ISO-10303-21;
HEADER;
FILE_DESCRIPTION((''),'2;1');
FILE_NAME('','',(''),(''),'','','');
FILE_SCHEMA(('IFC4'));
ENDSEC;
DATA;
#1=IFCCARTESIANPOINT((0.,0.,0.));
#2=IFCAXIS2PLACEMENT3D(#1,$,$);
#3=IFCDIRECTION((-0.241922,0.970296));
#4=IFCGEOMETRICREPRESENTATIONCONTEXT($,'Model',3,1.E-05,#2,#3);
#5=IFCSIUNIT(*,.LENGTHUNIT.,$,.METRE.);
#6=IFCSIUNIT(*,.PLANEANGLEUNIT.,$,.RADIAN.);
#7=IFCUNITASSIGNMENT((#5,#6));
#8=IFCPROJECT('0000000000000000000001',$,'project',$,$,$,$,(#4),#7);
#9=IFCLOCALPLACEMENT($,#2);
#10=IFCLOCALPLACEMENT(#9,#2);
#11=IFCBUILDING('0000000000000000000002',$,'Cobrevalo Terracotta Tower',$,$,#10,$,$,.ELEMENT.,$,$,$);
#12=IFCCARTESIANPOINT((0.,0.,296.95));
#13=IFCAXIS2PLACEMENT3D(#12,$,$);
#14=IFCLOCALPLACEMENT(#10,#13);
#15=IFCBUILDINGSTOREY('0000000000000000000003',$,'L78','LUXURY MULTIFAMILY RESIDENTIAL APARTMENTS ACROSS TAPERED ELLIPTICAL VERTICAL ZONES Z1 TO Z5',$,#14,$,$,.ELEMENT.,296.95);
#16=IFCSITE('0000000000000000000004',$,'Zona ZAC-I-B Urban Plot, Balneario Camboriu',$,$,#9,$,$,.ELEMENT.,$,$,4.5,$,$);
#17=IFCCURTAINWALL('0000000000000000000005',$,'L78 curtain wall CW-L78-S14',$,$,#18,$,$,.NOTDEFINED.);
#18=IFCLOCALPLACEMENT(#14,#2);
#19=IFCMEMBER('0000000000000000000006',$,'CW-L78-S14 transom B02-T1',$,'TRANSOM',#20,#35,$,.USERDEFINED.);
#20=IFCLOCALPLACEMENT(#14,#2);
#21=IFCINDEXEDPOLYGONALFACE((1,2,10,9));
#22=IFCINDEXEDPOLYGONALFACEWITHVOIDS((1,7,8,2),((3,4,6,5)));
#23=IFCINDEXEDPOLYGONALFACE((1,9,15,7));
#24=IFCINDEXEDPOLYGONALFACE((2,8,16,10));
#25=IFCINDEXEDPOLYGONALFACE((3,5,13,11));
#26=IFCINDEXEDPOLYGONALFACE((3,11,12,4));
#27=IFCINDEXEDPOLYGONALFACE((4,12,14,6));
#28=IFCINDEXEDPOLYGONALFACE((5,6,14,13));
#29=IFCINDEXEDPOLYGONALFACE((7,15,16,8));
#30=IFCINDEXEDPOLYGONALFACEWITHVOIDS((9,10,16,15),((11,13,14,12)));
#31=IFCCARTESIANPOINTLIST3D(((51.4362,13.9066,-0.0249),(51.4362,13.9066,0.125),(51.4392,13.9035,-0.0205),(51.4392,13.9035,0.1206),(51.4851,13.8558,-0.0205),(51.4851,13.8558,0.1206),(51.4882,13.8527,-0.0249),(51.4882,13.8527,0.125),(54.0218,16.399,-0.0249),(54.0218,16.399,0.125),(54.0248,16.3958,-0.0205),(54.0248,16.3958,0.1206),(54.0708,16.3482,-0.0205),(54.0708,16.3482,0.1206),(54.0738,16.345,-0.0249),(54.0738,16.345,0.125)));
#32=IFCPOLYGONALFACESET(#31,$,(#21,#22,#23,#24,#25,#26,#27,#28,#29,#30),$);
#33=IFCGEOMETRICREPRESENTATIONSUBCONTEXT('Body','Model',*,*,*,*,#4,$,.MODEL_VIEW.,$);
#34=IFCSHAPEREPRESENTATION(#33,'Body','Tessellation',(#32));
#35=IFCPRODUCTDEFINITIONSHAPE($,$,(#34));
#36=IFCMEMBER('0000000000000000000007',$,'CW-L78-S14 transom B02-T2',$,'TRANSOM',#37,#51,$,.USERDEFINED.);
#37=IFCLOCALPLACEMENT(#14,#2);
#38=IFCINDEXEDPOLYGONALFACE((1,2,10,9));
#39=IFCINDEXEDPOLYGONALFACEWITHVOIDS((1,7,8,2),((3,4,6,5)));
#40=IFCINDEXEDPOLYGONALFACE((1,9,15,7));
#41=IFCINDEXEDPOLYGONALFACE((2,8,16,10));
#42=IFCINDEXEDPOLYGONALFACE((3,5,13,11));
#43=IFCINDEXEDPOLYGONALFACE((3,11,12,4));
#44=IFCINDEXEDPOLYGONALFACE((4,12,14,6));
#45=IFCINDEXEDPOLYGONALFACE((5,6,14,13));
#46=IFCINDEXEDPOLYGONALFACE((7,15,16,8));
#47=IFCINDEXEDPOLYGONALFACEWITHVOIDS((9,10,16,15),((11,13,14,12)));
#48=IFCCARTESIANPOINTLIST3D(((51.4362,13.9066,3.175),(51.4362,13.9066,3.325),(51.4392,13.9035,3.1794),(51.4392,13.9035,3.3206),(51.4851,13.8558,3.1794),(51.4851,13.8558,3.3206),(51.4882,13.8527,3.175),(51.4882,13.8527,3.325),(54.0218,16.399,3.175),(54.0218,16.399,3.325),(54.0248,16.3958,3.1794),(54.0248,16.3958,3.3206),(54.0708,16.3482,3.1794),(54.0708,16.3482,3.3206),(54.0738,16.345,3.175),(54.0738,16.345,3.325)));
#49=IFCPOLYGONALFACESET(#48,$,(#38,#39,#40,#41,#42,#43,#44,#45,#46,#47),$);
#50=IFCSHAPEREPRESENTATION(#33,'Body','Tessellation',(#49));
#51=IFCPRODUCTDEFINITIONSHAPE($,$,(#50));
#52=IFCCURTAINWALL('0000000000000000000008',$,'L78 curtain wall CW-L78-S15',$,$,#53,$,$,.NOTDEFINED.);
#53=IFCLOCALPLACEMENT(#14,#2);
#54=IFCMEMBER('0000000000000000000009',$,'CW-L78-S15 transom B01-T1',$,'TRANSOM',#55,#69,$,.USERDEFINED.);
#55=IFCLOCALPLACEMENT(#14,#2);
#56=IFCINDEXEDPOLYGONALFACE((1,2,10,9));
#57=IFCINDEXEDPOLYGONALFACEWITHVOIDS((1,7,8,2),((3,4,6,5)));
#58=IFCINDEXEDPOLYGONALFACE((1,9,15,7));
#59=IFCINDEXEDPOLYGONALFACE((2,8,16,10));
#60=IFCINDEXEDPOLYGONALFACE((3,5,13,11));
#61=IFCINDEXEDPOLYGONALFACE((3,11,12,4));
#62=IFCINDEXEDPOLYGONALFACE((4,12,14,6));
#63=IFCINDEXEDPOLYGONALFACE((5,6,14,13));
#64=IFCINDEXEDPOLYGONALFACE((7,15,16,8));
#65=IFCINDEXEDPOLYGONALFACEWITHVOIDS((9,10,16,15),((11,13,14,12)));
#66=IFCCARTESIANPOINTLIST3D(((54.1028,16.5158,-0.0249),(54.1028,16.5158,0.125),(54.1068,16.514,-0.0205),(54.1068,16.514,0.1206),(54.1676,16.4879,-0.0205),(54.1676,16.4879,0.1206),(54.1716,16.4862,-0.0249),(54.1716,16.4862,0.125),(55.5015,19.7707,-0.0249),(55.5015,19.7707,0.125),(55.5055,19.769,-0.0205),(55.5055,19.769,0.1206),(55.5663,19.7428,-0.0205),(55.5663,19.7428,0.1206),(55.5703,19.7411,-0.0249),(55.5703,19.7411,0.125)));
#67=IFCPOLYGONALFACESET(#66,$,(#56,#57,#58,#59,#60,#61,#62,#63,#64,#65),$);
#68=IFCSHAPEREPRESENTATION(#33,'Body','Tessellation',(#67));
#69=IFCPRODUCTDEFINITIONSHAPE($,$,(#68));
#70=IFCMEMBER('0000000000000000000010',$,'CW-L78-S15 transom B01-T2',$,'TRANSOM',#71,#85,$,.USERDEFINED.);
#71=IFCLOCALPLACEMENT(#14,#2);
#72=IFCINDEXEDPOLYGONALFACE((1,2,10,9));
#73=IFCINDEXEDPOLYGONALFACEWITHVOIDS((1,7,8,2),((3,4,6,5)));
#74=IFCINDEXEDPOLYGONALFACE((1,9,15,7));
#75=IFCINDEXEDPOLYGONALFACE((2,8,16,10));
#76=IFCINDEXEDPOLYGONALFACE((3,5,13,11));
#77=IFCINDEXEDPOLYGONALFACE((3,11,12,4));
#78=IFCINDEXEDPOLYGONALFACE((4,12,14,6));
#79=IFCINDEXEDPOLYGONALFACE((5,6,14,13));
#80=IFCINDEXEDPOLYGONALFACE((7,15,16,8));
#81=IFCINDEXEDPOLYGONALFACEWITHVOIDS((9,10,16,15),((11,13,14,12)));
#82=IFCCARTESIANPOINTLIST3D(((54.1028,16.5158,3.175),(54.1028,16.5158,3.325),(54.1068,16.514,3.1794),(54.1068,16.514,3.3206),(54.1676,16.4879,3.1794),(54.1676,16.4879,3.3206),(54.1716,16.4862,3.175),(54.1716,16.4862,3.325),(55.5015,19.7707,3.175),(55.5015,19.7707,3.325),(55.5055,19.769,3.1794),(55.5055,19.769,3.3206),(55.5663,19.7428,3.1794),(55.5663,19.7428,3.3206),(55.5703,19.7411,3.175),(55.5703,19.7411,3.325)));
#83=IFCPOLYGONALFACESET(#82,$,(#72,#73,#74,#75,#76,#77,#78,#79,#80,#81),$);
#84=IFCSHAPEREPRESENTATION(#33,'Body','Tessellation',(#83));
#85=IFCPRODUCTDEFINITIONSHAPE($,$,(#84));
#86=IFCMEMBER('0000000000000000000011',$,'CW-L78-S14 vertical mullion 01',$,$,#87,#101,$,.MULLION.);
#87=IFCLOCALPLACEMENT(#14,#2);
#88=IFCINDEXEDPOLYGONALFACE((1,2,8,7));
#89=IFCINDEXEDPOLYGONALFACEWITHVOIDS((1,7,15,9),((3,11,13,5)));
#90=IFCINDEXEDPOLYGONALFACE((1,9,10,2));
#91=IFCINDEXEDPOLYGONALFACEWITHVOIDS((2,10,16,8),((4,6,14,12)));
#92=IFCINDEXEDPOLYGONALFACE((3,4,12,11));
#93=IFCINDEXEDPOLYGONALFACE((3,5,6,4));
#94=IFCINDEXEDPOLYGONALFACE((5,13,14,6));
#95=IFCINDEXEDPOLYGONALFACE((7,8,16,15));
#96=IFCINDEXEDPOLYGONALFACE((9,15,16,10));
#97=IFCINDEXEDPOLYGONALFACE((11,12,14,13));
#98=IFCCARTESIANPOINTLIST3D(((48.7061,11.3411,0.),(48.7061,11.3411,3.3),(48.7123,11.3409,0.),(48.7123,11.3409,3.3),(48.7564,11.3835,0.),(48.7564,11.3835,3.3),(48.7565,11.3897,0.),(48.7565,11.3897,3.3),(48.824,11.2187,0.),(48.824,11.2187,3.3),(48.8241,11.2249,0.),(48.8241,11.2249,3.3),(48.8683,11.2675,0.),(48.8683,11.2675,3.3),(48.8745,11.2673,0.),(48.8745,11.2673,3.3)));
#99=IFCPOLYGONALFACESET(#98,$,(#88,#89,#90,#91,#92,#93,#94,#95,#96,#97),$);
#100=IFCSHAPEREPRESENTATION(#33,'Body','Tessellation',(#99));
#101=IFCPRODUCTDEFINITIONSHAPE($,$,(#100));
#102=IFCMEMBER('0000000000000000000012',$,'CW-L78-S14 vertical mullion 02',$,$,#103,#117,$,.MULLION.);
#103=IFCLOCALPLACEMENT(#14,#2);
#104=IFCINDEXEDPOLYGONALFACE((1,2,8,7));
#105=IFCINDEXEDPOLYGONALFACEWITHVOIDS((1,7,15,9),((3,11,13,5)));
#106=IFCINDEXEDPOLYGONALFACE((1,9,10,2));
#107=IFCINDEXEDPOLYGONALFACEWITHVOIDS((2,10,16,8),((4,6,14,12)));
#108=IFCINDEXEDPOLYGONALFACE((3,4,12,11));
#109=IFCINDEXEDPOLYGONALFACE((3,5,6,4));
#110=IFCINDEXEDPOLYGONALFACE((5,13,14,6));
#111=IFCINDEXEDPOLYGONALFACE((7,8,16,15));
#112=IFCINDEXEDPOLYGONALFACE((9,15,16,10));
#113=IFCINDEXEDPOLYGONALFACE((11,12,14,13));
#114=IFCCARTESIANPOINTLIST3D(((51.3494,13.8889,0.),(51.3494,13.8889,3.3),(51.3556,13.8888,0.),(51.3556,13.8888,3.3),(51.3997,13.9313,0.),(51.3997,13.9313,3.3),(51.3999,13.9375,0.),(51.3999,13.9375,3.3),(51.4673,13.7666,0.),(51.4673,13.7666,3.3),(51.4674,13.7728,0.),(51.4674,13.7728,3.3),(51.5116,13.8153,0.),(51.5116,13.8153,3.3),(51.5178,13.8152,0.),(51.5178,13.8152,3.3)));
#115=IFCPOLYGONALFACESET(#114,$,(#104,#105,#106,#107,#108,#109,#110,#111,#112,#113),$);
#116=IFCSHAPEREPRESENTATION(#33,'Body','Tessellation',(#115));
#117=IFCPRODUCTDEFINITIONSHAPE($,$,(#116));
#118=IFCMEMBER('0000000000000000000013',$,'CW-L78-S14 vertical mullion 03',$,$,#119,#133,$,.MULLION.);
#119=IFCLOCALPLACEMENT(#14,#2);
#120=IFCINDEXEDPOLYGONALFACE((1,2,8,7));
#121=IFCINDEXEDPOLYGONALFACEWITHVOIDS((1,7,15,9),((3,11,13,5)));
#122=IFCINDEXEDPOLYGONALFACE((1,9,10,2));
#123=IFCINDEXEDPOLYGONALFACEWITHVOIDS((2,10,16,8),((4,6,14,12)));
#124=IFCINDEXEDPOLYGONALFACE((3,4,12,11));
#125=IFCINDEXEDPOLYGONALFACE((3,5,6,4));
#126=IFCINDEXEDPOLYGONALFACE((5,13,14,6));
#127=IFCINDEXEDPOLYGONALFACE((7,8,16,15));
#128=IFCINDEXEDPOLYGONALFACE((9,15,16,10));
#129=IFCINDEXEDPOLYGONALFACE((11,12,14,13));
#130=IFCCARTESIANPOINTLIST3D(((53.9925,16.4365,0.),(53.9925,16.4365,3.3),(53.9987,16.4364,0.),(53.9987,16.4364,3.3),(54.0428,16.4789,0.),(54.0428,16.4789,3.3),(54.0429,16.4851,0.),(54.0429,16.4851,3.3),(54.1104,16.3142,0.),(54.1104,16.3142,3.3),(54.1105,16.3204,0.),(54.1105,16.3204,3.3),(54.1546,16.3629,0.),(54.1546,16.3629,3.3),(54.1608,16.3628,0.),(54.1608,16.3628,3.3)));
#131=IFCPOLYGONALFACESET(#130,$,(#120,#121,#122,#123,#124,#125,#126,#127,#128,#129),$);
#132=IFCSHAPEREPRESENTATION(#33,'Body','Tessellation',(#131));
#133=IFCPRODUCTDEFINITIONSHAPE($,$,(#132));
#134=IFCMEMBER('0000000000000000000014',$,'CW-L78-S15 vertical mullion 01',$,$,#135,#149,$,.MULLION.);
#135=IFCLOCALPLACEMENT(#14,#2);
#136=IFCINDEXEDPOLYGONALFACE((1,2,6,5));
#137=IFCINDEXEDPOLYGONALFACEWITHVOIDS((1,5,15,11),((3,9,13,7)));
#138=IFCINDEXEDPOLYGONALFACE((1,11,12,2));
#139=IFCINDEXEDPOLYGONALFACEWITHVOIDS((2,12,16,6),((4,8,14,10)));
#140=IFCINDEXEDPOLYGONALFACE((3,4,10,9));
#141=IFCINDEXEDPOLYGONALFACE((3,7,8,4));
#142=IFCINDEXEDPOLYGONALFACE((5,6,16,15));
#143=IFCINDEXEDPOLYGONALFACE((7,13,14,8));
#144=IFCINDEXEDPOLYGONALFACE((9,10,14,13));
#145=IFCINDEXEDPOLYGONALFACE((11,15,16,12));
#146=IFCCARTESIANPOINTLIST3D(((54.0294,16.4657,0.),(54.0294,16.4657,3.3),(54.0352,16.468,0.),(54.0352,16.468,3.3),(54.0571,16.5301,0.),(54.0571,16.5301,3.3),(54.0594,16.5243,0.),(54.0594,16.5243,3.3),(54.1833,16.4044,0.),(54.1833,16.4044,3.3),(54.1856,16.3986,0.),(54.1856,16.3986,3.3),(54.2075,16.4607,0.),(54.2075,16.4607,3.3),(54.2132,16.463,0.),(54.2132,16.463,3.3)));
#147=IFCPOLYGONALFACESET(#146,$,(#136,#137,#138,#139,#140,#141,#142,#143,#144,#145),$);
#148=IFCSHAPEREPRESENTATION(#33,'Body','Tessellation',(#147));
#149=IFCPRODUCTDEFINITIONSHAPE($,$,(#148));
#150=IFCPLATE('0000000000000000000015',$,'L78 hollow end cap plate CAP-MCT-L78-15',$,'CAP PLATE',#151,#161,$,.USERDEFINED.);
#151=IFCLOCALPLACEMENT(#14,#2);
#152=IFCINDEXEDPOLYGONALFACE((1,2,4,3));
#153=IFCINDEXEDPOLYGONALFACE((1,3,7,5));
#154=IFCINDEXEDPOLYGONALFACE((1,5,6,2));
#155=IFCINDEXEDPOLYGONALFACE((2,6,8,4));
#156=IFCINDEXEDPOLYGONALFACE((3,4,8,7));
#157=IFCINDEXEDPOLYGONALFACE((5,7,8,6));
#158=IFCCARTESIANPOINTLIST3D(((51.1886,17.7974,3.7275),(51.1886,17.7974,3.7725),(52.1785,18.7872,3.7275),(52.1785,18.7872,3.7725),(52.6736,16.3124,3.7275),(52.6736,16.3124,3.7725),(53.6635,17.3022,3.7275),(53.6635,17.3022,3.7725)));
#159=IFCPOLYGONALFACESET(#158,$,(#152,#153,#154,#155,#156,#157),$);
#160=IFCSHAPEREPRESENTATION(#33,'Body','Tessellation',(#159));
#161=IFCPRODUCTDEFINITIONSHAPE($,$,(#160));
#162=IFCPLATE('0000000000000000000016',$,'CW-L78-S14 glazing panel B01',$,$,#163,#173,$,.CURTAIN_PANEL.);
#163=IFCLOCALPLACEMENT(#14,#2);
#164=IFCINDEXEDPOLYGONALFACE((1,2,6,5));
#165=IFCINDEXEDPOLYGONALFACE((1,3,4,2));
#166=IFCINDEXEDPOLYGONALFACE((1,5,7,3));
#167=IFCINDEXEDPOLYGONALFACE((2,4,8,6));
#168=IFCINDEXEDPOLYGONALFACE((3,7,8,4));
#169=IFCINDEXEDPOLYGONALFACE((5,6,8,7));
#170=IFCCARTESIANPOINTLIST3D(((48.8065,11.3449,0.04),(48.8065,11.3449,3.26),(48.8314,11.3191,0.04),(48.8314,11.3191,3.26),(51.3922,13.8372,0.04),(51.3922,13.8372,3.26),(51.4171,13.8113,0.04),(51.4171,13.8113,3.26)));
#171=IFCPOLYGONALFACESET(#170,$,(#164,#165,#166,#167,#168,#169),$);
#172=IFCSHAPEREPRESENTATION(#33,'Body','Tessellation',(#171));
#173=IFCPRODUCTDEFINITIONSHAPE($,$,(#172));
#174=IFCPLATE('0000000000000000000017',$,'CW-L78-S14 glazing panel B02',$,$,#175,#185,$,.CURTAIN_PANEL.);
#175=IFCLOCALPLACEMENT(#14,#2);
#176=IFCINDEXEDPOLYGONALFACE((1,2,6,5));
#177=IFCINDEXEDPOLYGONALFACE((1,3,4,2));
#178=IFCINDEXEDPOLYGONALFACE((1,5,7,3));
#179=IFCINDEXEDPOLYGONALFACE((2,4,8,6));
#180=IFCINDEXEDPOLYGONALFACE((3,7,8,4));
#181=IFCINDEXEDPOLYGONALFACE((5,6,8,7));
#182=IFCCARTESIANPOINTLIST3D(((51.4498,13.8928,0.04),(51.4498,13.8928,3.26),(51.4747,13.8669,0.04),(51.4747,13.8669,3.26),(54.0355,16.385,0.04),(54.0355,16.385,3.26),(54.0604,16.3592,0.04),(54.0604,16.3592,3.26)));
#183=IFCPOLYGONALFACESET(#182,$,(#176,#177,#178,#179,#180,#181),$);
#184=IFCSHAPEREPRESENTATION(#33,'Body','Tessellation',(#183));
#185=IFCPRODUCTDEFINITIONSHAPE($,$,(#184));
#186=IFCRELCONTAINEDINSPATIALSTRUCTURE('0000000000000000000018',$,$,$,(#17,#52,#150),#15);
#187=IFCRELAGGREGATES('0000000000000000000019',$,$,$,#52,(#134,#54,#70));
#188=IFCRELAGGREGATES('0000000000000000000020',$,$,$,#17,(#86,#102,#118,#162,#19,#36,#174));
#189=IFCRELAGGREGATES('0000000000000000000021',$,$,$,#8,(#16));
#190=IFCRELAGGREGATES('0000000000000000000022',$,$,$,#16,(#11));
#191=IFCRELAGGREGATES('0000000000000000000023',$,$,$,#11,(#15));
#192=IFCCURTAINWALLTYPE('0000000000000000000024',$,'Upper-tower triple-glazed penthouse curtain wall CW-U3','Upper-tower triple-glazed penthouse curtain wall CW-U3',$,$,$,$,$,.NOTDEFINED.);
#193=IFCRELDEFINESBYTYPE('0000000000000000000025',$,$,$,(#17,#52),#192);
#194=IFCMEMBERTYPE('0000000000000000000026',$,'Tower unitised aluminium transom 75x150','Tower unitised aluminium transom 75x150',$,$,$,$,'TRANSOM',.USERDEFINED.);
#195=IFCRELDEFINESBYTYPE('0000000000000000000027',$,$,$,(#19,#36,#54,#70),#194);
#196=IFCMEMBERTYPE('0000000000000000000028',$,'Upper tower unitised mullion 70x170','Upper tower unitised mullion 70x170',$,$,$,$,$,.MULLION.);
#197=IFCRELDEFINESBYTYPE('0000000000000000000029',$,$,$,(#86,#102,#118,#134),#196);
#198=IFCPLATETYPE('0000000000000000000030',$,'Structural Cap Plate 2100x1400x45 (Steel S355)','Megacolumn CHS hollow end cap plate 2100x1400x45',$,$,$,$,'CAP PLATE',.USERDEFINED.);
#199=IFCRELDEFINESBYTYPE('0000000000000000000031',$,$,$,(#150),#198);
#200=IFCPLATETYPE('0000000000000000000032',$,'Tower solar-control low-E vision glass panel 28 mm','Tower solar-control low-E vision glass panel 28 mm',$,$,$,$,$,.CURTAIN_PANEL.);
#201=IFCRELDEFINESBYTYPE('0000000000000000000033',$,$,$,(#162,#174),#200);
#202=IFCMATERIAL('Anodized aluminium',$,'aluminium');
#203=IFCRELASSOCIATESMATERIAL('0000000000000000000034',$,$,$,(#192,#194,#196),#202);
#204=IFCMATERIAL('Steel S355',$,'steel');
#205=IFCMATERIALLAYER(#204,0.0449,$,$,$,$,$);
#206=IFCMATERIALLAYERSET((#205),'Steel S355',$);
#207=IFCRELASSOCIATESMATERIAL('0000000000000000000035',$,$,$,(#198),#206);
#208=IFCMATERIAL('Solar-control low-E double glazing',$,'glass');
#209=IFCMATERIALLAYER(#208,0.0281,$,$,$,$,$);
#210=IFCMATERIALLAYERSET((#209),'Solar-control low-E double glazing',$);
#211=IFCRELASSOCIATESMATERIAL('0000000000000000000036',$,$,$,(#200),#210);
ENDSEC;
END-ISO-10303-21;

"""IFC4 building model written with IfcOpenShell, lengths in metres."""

from ifc_helpers import new_model, si_unit, direction, frame, origin, origin_2d, place, context, subcontext, project, spatial, rectangle, hollow_rectangle, extrude, source, transform, mapped, material, layer, layer_set, material_profile, profile_set, type_object, element, aggregate, save


model = new_model("IFC4")

# Units and contexts
model_context = context("Model", 3, precision=1e-05, world=origin(), true_north=direction((-0.241922, 0.970296)))
body_context = subcontext(model_context, "Body", "Model", "MODEL_VIEW")
ifc_project = project(units=[si_unit("LENGTHUNIT", "METRE"), si_unit("PLANEANGLEUNIT", "RADIAN")], contexts=[model_context])

# Site, building, storey
site_placement = place(None, origin())
site = spatial("IfcSite", under=ifc_project, at=site_placement, Name="Zona ZAC-I-B Urban Plot, Balneario Camboriu", CompositionType="ELEMENT", RefElevation=4.5)
building_placement = place(site_placement, origin())
building = spatial("IfcBuilding", under=site, at=building_placement, Name="Cobrevalo Terracotta Tower", CompositionType="ELEMENT")
storey_placement = place(building_placement, frame((0.0, 0.0, 296.95)))
storey = spatial("IfcBuildingStorey", under=building, at=storey_placement, Name="L78", Description="LUXURY MULTIFAMILY RESIDENTIAL APARTMENTS ACROSS TAPERED ELLIPTICAL VERTICAL ZONES Z1 TO Z5", CompositionType="ELEMENT", Elevation=296.95)

# Shared definitions
ifc_material_1 = material(Name="Steel S355", Category="steel")

# Curtain walls, members
ifc_material_2 = material(Name="Anodized aluminium", Category="aluminium")
curtain_wall_type = type_object("IfcCurtainWallType", Name="Upper-tower triple-glazed penthouse curtain wall CW-U3", Description="Upper-tower triple-glazed penthouse curtain wall CW-U3", PredefinedType="NOTDEFINED", material=ifc_material_2)
curtain_wall_1_placement = place(storey_placement, origin())
curtain_wall_1 = element("IfcCurtainWall", 1, at=curtain_wall_1_placement, inside=storey, type_object=curtain_wall_type, Name="L78 curtain wall CW-L78-S14", PredefinedType="NOTDEFINED")
ifc_material_profile_1 = material_profile(ifc_material_2, hollow_rectangle(XDim=0.075, YDim=0.1499, WallThickness=0.0044, at=origin_2d()), Name="CWT 75x150")
ifc_profile_set_1 = profile_set([ifc_material_profile_1], Name="Anodized aluminium")
member_type_1 = type_object("IfcMemberType", Name="Tower unitised aluminium transom 75x150", Description="Tower unitised aluminium transom 75x150", ElementType="TRANSOM", PredefinedType="USERDEFINED", material=ifc_profile_set_1)
shared_shape_1 = source(origin(), body_context, "Body", "SweptSolid", [
    extrude(hollow_rectangle(XDim=0.075, YDim=0.1499, WallThickness=0.0044, at=origin_2d()), origin(), (0.0, 0.0, 1.0), 3.5913),
])
member_1_placement = place(storey_placement, frame((51.4622, 13.8796, 0.05), z_axis=(0.719972, 0.694003, 0.0), x_axis=(-0.694003, 0.719972, 0.0)))
member_1 = element("IfcMember", 2, at=member_1_placement, type_object=member_type_1, Name="CW-L78-S14 transom B02-T1", ObjectType="TRANSOM", PredefinedType="USERDEFINED", context=body_context, shape_type="MappedRepresentation", body=[
    mapped(shared_shape_1, transform((0.0, 0.0, 0.0), scale=1.0)),
])
member_2_placement = place(storey_placement, frame((51.4622, 13.8796, 3.25), z_axis=(0.719972, 0.694003, 0.0), x_axis=(-0.694003, 0.719972, 0.0)))
member_2 = element("IfcMember", 3, at=member_2_placement, type_object=member_type_1, Name="CW-L78-S14 transom B02-T2", ObjectType="TRANSOM", PredefinedType="USERDEFINED", context=body_context, shape_type="MappedRepresentation", body=[
    mapped(shared_shape_1, transform((0.0, 0.0, 0.0), scale=1.0)),
])
curtain_wall_2_placement = place(storey_placement, origin())
curtain_wall_2 = element("IfcCurtainWall", 4, at=curtain_wall_2_placement, inside=storey, type_object=curtain_wall_type, Name="L78 curtain wall CW-L78-S15", PredefinedType="NOTDEFINED")
shared_shape_2 = source(origin(), body_context, "Body", "SweptSolid", [
    extrude(hollow_rectangle(XDim=0.075, YDim=0.1499, WallThickness=0.0044, at=origin_2d()), origin(), (0.0, 0.0, 1.0), 3.5427),
])
member_3_placement = place(storey_placement, frame((54.1372, 16.501, 0.05), z_axis=(0.394809, 0.918763, 0.0), x_axis=(-0.918763, 0.394809, 0.0)))
member_3 = element("IfcMember", 5, at=member_3_placement, type_object=member_type_1, Name="CW-L78-S15 transom B01-T1", ObjectType="TRANSOM", PredefinedType="USERDEFINED", context=body_context, shape_type="MappedRepresentation", body=[
    mapped(shared_shape_2, transform((0.0, 0.0, 0.0), scale=1.0)),
])
member_4_placement = place(storey_placement, frame((54.1372, 16.501, 3.25), z_axis=(0.394809, 0.918763, 0.0), x_axis=(-0.918763, 0.394809, 0.0)))
member_4 = element("IfcMember", 6, at=member_4_placement, type_object=member_type_1, Name="CW-L78-S15 transom B01-T2", ObjectType="TRANSOM", PredefinedType="USERDEFINED", context=body_context, shape_type="MappedRepresentation", body=[
    mapped(shared_shape_2, transform((0.0, 0.0, 0.0), scale=1.0)),
])

# Members
ifc_material_profile_2 = material_profile(ifc_material_2, hollow_rectangle(XDim=0.0701, YDim=0.1699, WallThickness=0.0044, at=origin_2d()), Name="CWM 70x170")
ifc_profile_set_2 = profile_set([ifc_material_profile_2], Name="Anodized aluminium")
member_type_2 = type_object("IfcMemberType", Name="Upper tower unitised mullion 70x170", Description="Upper tower unitised mullion 70x170", PredefinedType="MULLION", material=ifc_profile_set_2)
shared_shape_3 = source(origin(), body_context, "Body", "SweptSolid", [
    extrude(hollow_rectangle(XDim=0.0701, YDim=0.1699, WallThickness=0.0044, at=origin_2d()), origin(), (0.0, 0.0, 1.0), 3.3),
])
member_5_placement = place(storey_placement, frame((48.7903, 11.3042, 0.0), z_axis=(0.0, 0.0, 1.0), x_axis=(0.719994, 0.69398, 0.0)))
member_5 = element("IfcMember", 7, at=member_5_placement, type_object=member_type_2, Name="CW-L78-S14 vertical mullion 01", PredefinedType="MULLION", context=body_context, shape_type="MappedRepresentation", body=[
    mapped(shared_shape_3, transform((0.0, 0.0, 0.0), scale=1.0)),
])
member_6_placement = place(storey_placement, frame((51.4336, 13.8521, 0.0), z_axis=(0.0, 0.0, 1.0), x_axis=(0.719994, 0.69398, 0.0)))
member_6 = element("IfcMember", 8, at=member_6_placement, type_object=member_type_2, Name="CW-L78-S14 vertical mullion 02", PredefinedType="MULLION", context=body_context, shape_type="MappedRepresentation", body=[
    mapped(shared_shape_3, transform((0.0, 0.0, 0.0), scale=1.0)),
])
member_7_placement = place(storey_placement, frame((54.0767, 16.3997, 0.0), z_axis=(0.0, 0.0, 1.0), x_axis=(0.719994, 0.69398, 0.0)))
member_7 = element("IfcMember", 9, at=member_7_placement, type_object=member_type_2, Name="CW-L78-S14 vertical mullion 03", PredefinedType="MULLION", context=body_context, shape_type="MappedRepresentation", body=[
    mapped(shared_shape_3, transform((0.0, 0.0, 0.0), scale=1.0)),
])
member_8_placement = place(storey_placement, frame((54.1213, 16.4644, 0.0), z_axis=(0.0, 0.0, 1.0), x_axis=(0.394824, 0.918757, 0.0)))
member_8 = element("IfcMember", 10, at=member_8_placement, type_object=member_type_2, Name="CW-L78-S15 vertical mullion 01", PredefinedType="MULLION", context=body_context, shape_type="MappedRepresentation", body=[
    mapped(shared_shape_3, transform((0.0, 0.0, 0.0), scale=1.0)),
])
aggregate(curtain_wall_2, [member_8, member_3, member_4])

# Plates
ifc_layer_1 = layer(ifc_material_1, 0.0449)
ifc_layer_set_1 = layer_set([ifc_layer_1], Name="Steel S355")
plate_type_1 = type_object("IfcPlateType", Name="Structural Cap Plate 2100x1400x45 (Steel S355)", Description="Megacolumn CHS hollow end cap plate 2100x1400x45", ElementType="CAP PLATE", PredefinedType="USERDEFINED", material=ifc_layer_set_1)
shared_shape_4 = source(origin(), body_context, "Body", "SweptSolid", [
    extrude(rectangle(XDim=2.1001, YDim=1.3999, at=origin_2d()), origin(), (0.0, 0.0, 1.0), 0.0449),
])
plate_1_placement = place(storey_placement, frame((52.426, 17.5498, 3.7275), z_axis=(0.0, 0.0, 1.0), x_axis=(0.707107, -0.707107, 0.0)))
element("IfcPlate", 11, at=plate_1_placement, inside=storey, type_object=plate_type_1, Name="L78 hollow end cap plate CAP-MCT-L78-15", ObjectType="CAP PLATE", PredefinedType="USERDEFINED", context=body_context, shape_type="MappedRepresentation", body=[
    mapped(shared_shape_4, transform((0.0, 0.0, 0.0), scale=1.0)),
])
ifc_material_3 = material(Name="Solar-control low-E double glazing", Category="glass")
ifc_layer_2 = layer(ifc_material_3, 0.0281)
ifc_layer_set_2 = layer_set([ifc_layer_2], Name="Solar-control low-E double glazing")
plate_type_2 = type_object("IfcPlateType", Name="Tower solar-control low-E vision glass panel 28 mm", Description="Tower solar-control low-E vision glass panel 28 mm", PredefinedType="CURTAIN_PANEL", material=ifc_layer_set_2)
shared_shape_5 = source(origin(), body_context, "Body", "SweptSolid", [
    extrude(rectangle(XDim=3.5913, YDim=0.0359, at=origin_2d()), origin(), (0.0, 0.0, 1.0), 3.22),
])
plate_2_placement = place(storey_placement, frame((50.1118, 12.5781, 0.04), z_axis=(0.0, 0.0, 1.0), x_axis=(0.719997, 0.693978, 0.0)))
plate_2 = element("IfcPlate", 12, at=plate_2_placement, type_object=plate_type_2, Name="CW-L78-S14 glazing panel B01", PredefinedType="CURTAIN_PANEL", context=body_context, shape_type="MappedRepresentation", body=[
    mapped(shared_shape_5, transform((0.0, 0.0, 0.0), scale=1.0)),
])
plate_3_placement = place(storey_placement, frame((52.7551, 15.126, 0.04), z_axis=(0.0, 0.0, 1.0), x_axis=(0.719997, 0.693978, 0.0)))
plate_3 = element("IfcPlate", 13, at=plate_3_placement, type_object=plate_type_2, Name="CW-L78-S14 glazing panel B02", PredefinedType="CURTAIN_PANEL", context=body_context, shape_type="MappedRepresentation", body=[
    mapped(shared_shape_5, transform((0.0, 0.0, 0.0), scale=1.0)),
])
aggregate(curtain_wall_1, [member_5, member_6, member_7, plate_2, member_1, member_2, plate_3])

save(model, "model.ifc")
